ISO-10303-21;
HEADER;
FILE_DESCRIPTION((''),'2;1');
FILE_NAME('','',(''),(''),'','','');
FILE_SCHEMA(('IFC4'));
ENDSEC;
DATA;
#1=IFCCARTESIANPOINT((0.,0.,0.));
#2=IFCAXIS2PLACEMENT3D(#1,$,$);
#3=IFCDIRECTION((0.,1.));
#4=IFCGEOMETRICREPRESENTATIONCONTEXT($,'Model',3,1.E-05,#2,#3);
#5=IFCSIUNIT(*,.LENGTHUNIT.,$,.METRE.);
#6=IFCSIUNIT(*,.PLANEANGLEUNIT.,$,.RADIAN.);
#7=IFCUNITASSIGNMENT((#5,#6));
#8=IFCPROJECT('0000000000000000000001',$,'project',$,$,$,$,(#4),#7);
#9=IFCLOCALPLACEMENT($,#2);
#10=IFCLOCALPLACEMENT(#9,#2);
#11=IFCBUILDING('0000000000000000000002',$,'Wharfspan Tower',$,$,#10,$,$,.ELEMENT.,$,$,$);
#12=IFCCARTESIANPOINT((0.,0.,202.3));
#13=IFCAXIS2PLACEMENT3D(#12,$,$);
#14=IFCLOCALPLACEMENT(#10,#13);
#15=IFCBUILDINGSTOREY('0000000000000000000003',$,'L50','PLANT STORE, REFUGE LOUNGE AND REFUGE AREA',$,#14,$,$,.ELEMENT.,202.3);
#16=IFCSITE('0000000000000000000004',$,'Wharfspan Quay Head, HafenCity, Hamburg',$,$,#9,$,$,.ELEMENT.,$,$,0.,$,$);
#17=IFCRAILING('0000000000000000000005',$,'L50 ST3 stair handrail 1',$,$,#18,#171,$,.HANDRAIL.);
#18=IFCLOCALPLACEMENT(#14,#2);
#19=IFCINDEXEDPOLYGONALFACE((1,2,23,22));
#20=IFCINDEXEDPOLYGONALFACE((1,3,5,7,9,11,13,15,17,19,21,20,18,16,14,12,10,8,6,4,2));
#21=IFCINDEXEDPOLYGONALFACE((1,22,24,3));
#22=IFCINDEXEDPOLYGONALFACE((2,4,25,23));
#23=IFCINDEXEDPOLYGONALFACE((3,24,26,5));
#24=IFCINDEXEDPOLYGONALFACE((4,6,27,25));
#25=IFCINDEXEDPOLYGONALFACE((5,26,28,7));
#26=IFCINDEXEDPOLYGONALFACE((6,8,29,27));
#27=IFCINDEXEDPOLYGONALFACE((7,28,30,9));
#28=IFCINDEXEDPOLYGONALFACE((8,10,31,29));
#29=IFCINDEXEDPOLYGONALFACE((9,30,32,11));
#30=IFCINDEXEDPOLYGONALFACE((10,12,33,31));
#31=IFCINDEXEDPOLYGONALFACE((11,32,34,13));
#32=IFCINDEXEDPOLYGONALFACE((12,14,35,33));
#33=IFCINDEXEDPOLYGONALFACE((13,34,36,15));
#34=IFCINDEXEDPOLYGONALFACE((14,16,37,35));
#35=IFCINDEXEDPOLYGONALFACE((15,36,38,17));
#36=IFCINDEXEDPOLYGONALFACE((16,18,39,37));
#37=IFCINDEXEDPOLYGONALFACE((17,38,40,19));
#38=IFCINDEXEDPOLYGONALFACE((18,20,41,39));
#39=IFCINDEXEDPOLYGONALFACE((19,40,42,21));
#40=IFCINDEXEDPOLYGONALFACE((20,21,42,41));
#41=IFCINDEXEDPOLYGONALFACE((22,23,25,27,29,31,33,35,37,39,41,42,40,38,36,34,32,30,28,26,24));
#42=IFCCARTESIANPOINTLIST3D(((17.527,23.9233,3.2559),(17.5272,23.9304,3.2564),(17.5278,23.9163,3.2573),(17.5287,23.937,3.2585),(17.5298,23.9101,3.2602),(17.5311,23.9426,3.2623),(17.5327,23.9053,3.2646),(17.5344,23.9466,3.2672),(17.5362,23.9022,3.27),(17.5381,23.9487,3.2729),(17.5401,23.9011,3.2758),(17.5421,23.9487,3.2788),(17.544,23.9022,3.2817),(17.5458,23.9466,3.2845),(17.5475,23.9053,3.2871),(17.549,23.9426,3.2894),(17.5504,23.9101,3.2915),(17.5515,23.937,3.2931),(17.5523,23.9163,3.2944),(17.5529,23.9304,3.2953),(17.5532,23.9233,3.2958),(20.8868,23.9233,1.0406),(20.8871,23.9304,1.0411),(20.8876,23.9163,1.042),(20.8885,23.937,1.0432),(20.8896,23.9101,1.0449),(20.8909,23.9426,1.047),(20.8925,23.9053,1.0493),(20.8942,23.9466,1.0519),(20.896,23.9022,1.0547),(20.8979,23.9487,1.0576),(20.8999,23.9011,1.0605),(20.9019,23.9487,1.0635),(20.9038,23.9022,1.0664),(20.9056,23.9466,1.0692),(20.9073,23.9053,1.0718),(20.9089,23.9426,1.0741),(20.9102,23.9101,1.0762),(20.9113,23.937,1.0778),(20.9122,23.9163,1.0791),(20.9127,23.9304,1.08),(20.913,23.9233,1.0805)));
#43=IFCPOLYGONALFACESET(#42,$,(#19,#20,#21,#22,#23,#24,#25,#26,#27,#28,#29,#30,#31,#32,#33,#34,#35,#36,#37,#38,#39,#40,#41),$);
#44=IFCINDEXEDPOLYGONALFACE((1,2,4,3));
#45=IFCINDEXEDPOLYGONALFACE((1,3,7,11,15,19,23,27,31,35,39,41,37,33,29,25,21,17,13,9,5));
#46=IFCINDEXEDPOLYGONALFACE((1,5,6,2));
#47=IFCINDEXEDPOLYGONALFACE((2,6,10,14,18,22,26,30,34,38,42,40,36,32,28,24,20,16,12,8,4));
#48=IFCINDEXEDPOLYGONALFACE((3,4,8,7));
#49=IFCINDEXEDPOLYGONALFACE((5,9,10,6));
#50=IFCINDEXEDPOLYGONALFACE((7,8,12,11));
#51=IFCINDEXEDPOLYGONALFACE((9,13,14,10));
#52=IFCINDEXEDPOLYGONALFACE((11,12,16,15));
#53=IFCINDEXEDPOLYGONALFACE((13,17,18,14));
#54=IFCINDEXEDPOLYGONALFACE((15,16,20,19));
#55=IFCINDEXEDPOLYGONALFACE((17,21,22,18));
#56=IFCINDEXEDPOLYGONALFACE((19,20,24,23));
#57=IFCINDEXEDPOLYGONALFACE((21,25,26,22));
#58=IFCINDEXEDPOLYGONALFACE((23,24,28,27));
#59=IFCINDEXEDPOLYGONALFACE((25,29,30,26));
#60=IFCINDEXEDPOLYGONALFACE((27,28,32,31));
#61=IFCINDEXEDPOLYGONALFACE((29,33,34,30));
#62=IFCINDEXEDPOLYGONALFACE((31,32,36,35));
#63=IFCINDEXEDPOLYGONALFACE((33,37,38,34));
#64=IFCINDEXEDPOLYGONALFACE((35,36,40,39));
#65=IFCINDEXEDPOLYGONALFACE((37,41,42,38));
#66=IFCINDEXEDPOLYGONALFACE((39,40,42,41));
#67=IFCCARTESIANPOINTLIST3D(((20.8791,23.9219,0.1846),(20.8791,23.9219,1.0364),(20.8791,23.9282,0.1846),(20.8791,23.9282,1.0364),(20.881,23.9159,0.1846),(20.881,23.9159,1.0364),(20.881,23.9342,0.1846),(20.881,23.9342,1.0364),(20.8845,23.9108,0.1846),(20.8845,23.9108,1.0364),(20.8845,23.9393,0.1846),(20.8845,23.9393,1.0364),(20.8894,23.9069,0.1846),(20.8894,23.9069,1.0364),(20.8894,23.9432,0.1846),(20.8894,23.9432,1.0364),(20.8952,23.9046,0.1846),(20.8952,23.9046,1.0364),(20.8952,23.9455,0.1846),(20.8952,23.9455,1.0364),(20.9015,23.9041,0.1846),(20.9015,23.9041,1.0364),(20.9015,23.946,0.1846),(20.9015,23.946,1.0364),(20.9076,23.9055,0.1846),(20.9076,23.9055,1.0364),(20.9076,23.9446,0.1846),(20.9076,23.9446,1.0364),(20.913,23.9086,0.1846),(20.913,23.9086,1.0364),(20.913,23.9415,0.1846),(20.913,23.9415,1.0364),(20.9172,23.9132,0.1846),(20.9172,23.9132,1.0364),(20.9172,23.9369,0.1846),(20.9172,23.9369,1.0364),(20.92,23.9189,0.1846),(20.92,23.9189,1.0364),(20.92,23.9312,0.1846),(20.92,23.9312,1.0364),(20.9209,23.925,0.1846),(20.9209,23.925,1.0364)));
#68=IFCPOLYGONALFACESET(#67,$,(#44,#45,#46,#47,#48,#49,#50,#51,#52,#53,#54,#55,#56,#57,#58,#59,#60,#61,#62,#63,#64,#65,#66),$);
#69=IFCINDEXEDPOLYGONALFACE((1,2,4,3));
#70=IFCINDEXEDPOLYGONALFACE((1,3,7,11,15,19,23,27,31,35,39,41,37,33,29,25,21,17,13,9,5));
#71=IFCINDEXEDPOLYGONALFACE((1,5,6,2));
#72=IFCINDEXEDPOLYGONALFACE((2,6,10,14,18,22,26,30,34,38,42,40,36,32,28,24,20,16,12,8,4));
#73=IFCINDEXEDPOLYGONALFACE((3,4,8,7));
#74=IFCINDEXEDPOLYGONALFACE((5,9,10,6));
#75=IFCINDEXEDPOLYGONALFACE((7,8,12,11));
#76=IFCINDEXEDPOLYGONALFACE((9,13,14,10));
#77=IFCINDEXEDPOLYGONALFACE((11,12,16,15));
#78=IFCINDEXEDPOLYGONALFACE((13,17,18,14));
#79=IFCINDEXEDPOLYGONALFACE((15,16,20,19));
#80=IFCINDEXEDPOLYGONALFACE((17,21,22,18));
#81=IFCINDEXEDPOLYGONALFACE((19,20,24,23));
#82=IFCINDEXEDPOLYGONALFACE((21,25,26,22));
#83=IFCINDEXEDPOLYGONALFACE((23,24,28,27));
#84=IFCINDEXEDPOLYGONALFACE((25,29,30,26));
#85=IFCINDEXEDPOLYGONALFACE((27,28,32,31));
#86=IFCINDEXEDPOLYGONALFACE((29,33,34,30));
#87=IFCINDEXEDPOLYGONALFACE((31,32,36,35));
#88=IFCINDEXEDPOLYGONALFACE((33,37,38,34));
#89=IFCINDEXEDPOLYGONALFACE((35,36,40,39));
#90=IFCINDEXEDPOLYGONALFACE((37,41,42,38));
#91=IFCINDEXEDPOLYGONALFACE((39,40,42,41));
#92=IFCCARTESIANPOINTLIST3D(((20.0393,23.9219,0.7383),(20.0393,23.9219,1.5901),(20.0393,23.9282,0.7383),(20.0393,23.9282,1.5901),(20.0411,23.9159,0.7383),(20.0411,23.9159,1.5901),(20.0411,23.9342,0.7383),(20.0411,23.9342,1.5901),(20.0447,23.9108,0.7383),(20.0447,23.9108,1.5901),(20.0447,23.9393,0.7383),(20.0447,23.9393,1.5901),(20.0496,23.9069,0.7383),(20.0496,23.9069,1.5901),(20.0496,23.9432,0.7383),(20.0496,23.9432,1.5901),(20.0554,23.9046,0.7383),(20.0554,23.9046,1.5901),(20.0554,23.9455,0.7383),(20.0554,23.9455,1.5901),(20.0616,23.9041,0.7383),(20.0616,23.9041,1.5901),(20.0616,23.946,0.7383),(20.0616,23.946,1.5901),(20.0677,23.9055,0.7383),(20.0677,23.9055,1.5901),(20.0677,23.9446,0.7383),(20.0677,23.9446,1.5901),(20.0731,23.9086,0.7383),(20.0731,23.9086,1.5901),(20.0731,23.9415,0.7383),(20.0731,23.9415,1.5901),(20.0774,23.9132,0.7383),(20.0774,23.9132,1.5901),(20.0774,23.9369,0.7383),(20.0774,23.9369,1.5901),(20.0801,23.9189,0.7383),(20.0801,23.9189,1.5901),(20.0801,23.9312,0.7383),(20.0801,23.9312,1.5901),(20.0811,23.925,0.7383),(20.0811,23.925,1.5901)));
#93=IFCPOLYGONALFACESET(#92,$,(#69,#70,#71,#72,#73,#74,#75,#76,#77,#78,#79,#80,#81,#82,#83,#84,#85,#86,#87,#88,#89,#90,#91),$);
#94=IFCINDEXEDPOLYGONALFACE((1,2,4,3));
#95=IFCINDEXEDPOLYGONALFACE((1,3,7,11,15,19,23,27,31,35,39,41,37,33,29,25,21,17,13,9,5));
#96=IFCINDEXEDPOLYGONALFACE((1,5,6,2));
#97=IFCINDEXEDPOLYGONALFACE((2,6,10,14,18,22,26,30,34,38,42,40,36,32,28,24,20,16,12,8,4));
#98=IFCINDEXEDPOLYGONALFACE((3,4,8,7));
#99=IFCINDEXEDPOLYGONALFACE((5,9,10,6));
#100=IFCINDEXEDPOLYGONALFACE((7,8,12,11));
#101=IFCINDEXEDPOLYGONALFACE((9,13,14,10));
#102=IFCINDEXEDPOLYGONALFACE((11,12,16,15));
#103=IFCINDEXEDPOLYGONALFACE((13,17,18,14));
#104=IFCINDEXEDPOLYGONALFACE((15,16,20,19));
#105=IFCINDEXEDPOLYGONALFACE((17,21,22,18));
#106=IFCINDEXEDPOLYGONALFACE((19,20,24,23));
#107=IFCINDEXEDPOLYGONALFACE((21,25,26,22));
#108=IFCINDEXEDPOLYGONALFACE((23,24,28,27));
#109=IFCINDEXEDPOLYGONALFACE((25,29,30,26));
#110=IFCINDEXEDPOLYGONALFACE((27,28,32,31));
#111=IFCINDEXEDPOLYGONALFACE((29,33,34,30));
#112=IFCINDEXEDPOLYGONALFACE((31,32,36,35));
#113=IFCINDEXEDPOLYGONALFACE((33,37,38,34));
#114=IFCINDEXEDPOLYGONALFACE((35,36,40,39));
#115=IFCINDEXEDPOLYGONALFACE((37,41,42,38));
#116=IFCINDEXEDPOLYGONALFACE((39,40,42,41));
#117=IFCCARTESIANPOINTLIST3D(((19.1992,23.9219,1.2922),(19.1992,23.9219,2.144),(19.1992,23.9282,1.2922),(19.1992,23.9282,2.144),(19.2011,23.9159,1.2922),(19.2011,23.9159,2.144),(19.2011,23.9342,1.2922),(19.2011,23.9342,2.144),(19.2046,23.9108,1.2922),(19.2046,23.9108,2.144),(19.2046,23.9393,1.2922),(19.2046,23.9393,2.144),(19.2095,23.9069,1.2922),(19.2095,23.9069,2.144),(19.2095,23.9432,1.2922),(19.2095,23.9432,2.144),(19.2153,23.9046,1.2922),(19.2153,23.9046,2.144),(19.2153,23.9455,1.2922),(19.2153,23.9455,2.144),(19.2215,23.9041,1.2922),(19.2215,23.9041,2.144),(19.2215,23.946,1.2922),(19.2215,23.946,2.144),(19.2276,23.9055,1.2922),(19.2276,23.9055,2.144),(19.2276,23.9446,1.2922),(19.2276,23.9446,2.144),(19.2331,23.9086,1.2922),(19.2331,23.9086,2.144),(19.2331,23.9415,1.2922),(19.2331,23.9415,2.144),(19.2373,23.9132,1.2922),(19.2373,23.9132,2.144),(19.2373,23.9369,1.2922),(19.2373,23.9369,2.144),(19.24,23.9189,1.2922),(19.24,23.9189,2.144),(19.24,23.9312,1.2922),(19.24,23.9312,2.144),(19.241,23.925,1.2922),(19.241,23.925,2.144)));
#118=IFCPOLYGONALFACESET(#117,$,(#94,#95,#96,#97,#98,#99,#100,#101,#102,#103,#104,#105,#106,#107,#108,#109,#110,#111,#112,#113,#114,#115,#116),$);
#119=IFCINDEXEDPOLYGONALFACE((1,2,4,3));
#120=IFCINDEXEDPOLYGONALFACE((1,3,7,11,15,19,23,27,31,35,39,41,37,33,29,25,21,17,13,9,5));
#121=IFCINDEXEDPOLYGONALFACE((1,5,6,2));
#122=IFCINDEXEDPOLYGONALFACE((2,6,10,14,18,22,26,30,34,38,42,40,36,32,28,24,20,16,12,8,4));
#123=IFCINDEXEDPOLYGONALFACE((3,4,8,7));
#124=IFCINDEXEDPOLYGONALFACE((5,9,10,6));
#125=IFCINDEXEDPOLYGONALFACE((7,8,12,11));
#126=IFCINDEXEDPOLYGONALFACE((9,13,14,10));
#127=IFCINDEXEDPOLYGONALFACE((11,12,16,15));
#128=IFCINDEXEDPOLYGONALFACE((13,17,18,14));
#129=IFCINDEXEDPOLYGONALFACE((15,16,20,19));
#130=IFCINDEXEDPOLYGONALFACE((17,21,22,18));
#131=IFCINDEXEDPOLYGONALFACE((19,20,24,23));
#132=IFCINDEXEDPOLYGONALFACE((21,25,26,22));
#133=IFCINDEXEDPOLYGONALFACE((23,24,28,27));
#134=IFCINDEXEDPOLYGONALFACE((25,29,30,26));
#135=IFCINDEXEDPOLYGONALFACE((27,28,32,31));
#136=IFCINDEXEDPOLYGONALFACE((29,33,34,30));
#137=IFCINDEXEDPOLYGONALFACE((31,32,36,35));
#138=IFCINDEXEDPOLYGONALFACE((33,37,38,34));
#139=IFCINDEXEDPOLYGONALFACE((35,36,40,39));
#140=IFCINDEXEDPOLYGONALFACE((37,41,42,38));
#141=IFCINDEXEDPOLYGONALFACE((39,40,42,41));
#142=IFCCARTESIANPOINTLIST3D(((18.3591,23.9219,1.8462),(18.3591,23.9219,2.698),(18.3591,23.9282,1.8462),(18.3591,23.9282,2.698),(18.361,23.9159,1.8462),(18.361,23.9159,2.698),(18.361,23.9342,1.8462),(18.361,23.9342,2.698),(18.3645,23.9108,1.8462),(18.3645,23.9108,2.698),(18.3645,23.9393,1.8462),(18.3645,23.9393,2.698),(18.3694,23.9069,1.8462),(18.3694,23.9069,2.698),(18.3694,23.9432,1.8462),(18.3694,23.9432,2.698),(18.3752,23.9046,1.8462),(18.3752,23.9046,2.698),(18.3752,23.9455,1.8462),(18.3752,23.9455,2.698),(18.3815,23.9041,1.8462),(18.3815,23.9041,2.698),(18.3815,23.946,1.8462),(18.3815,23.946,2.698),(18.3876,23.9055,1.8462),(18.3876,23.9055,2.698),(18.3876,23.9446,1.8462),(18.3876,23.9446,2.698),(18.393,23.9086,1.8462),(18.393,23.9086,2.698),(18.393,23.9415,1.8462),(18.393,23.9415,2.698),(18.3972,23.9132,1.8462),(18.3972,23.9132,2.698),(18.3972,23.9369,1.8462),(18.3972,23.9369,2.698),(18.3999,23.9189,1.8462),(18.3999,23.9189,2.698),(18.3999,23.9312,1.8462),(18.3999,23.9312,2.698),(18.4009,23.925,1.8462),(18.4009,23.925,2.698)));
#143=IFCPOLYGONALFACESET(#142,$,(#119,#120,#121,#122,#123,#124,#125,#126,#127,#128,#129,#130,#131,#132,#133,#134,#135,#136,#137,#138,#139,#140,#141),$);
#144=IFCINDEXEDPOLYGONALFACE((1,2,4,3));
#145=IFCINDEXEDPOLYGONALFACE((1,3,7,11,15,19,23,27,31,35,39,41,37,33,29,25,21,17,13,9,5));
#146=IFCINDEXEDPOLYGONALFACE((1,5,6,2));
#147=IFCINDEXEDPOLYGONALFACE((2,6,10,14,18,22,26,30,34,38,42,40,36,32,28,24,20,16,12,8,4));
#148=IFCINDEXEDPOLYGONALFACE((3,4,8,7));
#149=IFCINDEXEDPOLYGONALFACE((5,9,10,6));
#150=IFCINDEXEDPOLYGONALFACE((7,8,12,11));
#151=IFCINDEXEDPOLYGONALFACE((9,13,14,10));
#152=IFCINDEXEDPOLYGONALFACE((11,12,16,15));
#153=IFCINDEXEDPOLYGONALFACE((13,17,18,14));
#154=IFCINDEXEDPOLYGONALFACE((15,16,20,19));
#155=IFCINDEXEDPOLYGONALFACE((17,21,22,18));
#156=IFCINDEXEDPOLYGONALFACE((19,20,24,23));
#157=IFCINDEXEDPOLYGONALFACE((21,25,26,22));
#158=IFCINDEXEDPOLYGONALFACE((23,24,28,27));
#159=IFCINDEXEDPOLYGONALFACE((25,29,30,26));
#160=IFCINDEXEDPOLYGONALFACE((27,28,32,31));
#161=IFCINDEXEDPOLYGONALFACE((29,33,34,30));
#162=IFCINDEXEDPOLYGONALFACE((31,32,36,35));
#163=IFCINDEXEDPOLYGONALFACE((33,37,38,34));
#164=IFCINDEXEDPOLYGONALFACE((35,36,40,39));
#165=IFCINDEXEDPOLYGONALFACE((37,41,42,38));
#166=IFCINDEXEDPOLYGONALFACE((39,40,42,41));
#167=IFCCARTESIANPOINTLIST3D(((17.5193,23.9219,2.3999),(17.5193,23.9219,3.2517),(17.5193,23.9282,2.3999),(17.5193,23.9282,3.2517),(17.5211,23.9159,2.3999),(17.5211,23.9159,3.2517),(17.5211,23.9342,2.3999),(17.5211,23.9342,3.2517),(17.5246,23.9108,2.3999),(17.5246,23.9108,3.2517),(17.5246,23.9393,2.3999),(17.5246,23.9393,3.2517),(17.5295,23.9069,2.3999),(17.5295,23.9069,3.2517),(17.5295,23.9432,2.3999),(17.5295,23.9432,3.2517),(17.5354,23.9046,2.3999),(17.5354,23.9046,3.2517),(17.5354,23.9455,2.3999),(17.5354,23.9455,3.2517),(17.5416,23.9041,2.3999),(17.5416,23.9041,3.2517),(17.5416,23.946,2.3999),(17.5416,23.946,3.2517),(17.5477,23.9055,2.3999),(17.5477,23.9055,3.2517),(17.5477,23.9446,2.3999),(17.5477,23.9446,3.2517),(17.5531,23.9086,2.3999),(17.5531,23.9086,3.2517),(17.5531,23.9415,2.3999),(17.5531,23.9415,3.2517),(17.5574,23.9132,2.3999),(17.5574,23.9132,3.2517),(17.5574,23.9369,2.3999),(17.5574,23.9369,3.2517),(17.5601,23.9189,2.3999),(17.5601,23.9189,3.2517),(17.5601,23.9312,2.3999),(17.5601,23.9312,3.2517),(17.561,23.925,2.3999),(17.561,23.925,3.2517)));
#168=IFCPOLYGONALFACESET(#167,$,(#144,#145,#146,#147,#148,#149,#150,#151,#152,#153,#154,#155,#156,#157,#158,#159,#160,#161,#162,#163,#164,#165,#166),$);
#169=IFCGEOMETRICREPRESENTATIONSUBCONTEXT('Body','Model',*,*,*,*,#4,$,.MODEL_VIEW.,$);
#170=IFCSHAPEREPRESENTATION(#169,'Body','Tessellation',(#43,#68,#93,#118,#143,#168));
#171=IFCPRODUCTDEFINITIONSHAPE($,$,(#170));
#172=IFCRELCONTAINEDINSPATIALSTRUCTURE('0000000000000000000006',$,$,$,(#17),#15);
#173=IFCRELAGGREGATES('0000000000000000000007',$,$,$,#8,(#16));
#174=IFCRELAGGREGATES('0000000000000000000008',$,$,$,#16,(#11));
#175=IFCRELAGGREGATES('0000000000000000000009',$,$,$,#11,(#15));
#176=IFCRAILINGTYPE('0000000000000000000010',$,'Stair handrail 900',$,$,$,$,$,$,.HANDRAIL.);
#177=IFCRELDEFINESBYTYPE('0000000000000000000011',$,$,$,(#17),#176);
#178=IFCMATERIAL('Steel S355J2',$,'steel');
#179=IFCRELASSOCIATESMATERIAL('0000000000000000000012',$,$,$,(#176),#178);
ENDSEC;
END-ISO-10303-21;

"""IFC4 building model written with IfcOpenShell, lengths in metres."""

from ifc_helpers import new_model, si_unit, direction, frame, origin, origin_2d, place, context, subcontext, project, spatial, circle, extrude, material, type_object, element, save


model = new_model("IFC4")

# Units and contexts
model_context = context("Model", 3, precision=1e-05, world=origin(), true_north=direction((0.0, 1.0)))
body_context = subcontext(model_context, "Body", "Model", "MODEL_VIEW")
ifc_project = project(units=[si_unit("LENGTHUNIT", "METRE"), si_unit("PLANEANGLEUNIT", "RADIAN")], contexts=[model_context])

# Site, building, storey
site_placement = place(None, origin())
site = spatial("IfcSite", under=ifc_project, at=site_placement, Name="Wharfspan Quay Head, HafenCity, Hamburg", CompositionType="ELEMENT", RefElevation=0.0)
building_placement = place(site_placement, origin())
building = spatial("IfcBuilding", under=site, at=building_placement, Name="Wharfspan Tower", CompositionType="ELEMENT")
storey_placement = place(building_placement, frame((0.0, 0.0, 202.3)))
storey = spatial("IfcBuildingStorey", under=building, at=storey_placement, Name="L50", Description="PLANT STORE, REFUGE LOUNGE AND REFUGE AREA", CompositionType="ELEMENT", Elevation=202.3)

# Shared definitions
ifc_material_1 = material(Name="Steel S355J2", Category="steel")

# Railing
railing_type_1 = type_object("IfcRailingType", Name="Stair handrail 900", PredefinedType="HANDRAIL", material=ifc_material_1)
railing_1_placement = place(storey_placement, frame((20.8999, 23.925, 0.1846)))
element("IfcRailing", 1, at=railing_1_placement, inside=storey, type_object=railing_type_1, Name="L50 ST3 stair handrail 1", PredefinedType="HANDRAIL", context=body_context, shape_type="SweptSolid", body=[
    extrude(circle(Radius=0.0239, at=origin_2d()), frame((0.0, 0.0, 0.876), z_axis=(-0.834858, 0.0, 0.550465), x_axis=(0.0, -1.0, 0.0)), (0.0, 0.0, 1.0), 4.0244),
    extrude(circle(Radius=0.021, at=origin_2d()), origin(), (0.0, 0.0, 1.0), 0.8518),
    extrude(circle(Radius=0.021, at=origin_2d()), frame((-0.8398, 0.0, 0.5537)), (0.0, 0.0, 1.0), 0.8518),
    extrude(circle(Radius=0.021, at=origin_2d()), frame((-1.6799, 0.0, 1.1077)), (0.0, 0.0, 1.0), 0.8518),
    extrude(circle(Radius=0.021, at=origin_2d()), frame((-2.52, 0.0, 1.6616)), (0.0, 0.0, 1.0), 0.8518),
    extrude(circle(Radius=0.021, at=origin_2d()), frame((-3.3599, 0.0, 2.2153)), (0.0, 0.0, 1.0), 0.8518),
])

save(model, "model.ifc")
